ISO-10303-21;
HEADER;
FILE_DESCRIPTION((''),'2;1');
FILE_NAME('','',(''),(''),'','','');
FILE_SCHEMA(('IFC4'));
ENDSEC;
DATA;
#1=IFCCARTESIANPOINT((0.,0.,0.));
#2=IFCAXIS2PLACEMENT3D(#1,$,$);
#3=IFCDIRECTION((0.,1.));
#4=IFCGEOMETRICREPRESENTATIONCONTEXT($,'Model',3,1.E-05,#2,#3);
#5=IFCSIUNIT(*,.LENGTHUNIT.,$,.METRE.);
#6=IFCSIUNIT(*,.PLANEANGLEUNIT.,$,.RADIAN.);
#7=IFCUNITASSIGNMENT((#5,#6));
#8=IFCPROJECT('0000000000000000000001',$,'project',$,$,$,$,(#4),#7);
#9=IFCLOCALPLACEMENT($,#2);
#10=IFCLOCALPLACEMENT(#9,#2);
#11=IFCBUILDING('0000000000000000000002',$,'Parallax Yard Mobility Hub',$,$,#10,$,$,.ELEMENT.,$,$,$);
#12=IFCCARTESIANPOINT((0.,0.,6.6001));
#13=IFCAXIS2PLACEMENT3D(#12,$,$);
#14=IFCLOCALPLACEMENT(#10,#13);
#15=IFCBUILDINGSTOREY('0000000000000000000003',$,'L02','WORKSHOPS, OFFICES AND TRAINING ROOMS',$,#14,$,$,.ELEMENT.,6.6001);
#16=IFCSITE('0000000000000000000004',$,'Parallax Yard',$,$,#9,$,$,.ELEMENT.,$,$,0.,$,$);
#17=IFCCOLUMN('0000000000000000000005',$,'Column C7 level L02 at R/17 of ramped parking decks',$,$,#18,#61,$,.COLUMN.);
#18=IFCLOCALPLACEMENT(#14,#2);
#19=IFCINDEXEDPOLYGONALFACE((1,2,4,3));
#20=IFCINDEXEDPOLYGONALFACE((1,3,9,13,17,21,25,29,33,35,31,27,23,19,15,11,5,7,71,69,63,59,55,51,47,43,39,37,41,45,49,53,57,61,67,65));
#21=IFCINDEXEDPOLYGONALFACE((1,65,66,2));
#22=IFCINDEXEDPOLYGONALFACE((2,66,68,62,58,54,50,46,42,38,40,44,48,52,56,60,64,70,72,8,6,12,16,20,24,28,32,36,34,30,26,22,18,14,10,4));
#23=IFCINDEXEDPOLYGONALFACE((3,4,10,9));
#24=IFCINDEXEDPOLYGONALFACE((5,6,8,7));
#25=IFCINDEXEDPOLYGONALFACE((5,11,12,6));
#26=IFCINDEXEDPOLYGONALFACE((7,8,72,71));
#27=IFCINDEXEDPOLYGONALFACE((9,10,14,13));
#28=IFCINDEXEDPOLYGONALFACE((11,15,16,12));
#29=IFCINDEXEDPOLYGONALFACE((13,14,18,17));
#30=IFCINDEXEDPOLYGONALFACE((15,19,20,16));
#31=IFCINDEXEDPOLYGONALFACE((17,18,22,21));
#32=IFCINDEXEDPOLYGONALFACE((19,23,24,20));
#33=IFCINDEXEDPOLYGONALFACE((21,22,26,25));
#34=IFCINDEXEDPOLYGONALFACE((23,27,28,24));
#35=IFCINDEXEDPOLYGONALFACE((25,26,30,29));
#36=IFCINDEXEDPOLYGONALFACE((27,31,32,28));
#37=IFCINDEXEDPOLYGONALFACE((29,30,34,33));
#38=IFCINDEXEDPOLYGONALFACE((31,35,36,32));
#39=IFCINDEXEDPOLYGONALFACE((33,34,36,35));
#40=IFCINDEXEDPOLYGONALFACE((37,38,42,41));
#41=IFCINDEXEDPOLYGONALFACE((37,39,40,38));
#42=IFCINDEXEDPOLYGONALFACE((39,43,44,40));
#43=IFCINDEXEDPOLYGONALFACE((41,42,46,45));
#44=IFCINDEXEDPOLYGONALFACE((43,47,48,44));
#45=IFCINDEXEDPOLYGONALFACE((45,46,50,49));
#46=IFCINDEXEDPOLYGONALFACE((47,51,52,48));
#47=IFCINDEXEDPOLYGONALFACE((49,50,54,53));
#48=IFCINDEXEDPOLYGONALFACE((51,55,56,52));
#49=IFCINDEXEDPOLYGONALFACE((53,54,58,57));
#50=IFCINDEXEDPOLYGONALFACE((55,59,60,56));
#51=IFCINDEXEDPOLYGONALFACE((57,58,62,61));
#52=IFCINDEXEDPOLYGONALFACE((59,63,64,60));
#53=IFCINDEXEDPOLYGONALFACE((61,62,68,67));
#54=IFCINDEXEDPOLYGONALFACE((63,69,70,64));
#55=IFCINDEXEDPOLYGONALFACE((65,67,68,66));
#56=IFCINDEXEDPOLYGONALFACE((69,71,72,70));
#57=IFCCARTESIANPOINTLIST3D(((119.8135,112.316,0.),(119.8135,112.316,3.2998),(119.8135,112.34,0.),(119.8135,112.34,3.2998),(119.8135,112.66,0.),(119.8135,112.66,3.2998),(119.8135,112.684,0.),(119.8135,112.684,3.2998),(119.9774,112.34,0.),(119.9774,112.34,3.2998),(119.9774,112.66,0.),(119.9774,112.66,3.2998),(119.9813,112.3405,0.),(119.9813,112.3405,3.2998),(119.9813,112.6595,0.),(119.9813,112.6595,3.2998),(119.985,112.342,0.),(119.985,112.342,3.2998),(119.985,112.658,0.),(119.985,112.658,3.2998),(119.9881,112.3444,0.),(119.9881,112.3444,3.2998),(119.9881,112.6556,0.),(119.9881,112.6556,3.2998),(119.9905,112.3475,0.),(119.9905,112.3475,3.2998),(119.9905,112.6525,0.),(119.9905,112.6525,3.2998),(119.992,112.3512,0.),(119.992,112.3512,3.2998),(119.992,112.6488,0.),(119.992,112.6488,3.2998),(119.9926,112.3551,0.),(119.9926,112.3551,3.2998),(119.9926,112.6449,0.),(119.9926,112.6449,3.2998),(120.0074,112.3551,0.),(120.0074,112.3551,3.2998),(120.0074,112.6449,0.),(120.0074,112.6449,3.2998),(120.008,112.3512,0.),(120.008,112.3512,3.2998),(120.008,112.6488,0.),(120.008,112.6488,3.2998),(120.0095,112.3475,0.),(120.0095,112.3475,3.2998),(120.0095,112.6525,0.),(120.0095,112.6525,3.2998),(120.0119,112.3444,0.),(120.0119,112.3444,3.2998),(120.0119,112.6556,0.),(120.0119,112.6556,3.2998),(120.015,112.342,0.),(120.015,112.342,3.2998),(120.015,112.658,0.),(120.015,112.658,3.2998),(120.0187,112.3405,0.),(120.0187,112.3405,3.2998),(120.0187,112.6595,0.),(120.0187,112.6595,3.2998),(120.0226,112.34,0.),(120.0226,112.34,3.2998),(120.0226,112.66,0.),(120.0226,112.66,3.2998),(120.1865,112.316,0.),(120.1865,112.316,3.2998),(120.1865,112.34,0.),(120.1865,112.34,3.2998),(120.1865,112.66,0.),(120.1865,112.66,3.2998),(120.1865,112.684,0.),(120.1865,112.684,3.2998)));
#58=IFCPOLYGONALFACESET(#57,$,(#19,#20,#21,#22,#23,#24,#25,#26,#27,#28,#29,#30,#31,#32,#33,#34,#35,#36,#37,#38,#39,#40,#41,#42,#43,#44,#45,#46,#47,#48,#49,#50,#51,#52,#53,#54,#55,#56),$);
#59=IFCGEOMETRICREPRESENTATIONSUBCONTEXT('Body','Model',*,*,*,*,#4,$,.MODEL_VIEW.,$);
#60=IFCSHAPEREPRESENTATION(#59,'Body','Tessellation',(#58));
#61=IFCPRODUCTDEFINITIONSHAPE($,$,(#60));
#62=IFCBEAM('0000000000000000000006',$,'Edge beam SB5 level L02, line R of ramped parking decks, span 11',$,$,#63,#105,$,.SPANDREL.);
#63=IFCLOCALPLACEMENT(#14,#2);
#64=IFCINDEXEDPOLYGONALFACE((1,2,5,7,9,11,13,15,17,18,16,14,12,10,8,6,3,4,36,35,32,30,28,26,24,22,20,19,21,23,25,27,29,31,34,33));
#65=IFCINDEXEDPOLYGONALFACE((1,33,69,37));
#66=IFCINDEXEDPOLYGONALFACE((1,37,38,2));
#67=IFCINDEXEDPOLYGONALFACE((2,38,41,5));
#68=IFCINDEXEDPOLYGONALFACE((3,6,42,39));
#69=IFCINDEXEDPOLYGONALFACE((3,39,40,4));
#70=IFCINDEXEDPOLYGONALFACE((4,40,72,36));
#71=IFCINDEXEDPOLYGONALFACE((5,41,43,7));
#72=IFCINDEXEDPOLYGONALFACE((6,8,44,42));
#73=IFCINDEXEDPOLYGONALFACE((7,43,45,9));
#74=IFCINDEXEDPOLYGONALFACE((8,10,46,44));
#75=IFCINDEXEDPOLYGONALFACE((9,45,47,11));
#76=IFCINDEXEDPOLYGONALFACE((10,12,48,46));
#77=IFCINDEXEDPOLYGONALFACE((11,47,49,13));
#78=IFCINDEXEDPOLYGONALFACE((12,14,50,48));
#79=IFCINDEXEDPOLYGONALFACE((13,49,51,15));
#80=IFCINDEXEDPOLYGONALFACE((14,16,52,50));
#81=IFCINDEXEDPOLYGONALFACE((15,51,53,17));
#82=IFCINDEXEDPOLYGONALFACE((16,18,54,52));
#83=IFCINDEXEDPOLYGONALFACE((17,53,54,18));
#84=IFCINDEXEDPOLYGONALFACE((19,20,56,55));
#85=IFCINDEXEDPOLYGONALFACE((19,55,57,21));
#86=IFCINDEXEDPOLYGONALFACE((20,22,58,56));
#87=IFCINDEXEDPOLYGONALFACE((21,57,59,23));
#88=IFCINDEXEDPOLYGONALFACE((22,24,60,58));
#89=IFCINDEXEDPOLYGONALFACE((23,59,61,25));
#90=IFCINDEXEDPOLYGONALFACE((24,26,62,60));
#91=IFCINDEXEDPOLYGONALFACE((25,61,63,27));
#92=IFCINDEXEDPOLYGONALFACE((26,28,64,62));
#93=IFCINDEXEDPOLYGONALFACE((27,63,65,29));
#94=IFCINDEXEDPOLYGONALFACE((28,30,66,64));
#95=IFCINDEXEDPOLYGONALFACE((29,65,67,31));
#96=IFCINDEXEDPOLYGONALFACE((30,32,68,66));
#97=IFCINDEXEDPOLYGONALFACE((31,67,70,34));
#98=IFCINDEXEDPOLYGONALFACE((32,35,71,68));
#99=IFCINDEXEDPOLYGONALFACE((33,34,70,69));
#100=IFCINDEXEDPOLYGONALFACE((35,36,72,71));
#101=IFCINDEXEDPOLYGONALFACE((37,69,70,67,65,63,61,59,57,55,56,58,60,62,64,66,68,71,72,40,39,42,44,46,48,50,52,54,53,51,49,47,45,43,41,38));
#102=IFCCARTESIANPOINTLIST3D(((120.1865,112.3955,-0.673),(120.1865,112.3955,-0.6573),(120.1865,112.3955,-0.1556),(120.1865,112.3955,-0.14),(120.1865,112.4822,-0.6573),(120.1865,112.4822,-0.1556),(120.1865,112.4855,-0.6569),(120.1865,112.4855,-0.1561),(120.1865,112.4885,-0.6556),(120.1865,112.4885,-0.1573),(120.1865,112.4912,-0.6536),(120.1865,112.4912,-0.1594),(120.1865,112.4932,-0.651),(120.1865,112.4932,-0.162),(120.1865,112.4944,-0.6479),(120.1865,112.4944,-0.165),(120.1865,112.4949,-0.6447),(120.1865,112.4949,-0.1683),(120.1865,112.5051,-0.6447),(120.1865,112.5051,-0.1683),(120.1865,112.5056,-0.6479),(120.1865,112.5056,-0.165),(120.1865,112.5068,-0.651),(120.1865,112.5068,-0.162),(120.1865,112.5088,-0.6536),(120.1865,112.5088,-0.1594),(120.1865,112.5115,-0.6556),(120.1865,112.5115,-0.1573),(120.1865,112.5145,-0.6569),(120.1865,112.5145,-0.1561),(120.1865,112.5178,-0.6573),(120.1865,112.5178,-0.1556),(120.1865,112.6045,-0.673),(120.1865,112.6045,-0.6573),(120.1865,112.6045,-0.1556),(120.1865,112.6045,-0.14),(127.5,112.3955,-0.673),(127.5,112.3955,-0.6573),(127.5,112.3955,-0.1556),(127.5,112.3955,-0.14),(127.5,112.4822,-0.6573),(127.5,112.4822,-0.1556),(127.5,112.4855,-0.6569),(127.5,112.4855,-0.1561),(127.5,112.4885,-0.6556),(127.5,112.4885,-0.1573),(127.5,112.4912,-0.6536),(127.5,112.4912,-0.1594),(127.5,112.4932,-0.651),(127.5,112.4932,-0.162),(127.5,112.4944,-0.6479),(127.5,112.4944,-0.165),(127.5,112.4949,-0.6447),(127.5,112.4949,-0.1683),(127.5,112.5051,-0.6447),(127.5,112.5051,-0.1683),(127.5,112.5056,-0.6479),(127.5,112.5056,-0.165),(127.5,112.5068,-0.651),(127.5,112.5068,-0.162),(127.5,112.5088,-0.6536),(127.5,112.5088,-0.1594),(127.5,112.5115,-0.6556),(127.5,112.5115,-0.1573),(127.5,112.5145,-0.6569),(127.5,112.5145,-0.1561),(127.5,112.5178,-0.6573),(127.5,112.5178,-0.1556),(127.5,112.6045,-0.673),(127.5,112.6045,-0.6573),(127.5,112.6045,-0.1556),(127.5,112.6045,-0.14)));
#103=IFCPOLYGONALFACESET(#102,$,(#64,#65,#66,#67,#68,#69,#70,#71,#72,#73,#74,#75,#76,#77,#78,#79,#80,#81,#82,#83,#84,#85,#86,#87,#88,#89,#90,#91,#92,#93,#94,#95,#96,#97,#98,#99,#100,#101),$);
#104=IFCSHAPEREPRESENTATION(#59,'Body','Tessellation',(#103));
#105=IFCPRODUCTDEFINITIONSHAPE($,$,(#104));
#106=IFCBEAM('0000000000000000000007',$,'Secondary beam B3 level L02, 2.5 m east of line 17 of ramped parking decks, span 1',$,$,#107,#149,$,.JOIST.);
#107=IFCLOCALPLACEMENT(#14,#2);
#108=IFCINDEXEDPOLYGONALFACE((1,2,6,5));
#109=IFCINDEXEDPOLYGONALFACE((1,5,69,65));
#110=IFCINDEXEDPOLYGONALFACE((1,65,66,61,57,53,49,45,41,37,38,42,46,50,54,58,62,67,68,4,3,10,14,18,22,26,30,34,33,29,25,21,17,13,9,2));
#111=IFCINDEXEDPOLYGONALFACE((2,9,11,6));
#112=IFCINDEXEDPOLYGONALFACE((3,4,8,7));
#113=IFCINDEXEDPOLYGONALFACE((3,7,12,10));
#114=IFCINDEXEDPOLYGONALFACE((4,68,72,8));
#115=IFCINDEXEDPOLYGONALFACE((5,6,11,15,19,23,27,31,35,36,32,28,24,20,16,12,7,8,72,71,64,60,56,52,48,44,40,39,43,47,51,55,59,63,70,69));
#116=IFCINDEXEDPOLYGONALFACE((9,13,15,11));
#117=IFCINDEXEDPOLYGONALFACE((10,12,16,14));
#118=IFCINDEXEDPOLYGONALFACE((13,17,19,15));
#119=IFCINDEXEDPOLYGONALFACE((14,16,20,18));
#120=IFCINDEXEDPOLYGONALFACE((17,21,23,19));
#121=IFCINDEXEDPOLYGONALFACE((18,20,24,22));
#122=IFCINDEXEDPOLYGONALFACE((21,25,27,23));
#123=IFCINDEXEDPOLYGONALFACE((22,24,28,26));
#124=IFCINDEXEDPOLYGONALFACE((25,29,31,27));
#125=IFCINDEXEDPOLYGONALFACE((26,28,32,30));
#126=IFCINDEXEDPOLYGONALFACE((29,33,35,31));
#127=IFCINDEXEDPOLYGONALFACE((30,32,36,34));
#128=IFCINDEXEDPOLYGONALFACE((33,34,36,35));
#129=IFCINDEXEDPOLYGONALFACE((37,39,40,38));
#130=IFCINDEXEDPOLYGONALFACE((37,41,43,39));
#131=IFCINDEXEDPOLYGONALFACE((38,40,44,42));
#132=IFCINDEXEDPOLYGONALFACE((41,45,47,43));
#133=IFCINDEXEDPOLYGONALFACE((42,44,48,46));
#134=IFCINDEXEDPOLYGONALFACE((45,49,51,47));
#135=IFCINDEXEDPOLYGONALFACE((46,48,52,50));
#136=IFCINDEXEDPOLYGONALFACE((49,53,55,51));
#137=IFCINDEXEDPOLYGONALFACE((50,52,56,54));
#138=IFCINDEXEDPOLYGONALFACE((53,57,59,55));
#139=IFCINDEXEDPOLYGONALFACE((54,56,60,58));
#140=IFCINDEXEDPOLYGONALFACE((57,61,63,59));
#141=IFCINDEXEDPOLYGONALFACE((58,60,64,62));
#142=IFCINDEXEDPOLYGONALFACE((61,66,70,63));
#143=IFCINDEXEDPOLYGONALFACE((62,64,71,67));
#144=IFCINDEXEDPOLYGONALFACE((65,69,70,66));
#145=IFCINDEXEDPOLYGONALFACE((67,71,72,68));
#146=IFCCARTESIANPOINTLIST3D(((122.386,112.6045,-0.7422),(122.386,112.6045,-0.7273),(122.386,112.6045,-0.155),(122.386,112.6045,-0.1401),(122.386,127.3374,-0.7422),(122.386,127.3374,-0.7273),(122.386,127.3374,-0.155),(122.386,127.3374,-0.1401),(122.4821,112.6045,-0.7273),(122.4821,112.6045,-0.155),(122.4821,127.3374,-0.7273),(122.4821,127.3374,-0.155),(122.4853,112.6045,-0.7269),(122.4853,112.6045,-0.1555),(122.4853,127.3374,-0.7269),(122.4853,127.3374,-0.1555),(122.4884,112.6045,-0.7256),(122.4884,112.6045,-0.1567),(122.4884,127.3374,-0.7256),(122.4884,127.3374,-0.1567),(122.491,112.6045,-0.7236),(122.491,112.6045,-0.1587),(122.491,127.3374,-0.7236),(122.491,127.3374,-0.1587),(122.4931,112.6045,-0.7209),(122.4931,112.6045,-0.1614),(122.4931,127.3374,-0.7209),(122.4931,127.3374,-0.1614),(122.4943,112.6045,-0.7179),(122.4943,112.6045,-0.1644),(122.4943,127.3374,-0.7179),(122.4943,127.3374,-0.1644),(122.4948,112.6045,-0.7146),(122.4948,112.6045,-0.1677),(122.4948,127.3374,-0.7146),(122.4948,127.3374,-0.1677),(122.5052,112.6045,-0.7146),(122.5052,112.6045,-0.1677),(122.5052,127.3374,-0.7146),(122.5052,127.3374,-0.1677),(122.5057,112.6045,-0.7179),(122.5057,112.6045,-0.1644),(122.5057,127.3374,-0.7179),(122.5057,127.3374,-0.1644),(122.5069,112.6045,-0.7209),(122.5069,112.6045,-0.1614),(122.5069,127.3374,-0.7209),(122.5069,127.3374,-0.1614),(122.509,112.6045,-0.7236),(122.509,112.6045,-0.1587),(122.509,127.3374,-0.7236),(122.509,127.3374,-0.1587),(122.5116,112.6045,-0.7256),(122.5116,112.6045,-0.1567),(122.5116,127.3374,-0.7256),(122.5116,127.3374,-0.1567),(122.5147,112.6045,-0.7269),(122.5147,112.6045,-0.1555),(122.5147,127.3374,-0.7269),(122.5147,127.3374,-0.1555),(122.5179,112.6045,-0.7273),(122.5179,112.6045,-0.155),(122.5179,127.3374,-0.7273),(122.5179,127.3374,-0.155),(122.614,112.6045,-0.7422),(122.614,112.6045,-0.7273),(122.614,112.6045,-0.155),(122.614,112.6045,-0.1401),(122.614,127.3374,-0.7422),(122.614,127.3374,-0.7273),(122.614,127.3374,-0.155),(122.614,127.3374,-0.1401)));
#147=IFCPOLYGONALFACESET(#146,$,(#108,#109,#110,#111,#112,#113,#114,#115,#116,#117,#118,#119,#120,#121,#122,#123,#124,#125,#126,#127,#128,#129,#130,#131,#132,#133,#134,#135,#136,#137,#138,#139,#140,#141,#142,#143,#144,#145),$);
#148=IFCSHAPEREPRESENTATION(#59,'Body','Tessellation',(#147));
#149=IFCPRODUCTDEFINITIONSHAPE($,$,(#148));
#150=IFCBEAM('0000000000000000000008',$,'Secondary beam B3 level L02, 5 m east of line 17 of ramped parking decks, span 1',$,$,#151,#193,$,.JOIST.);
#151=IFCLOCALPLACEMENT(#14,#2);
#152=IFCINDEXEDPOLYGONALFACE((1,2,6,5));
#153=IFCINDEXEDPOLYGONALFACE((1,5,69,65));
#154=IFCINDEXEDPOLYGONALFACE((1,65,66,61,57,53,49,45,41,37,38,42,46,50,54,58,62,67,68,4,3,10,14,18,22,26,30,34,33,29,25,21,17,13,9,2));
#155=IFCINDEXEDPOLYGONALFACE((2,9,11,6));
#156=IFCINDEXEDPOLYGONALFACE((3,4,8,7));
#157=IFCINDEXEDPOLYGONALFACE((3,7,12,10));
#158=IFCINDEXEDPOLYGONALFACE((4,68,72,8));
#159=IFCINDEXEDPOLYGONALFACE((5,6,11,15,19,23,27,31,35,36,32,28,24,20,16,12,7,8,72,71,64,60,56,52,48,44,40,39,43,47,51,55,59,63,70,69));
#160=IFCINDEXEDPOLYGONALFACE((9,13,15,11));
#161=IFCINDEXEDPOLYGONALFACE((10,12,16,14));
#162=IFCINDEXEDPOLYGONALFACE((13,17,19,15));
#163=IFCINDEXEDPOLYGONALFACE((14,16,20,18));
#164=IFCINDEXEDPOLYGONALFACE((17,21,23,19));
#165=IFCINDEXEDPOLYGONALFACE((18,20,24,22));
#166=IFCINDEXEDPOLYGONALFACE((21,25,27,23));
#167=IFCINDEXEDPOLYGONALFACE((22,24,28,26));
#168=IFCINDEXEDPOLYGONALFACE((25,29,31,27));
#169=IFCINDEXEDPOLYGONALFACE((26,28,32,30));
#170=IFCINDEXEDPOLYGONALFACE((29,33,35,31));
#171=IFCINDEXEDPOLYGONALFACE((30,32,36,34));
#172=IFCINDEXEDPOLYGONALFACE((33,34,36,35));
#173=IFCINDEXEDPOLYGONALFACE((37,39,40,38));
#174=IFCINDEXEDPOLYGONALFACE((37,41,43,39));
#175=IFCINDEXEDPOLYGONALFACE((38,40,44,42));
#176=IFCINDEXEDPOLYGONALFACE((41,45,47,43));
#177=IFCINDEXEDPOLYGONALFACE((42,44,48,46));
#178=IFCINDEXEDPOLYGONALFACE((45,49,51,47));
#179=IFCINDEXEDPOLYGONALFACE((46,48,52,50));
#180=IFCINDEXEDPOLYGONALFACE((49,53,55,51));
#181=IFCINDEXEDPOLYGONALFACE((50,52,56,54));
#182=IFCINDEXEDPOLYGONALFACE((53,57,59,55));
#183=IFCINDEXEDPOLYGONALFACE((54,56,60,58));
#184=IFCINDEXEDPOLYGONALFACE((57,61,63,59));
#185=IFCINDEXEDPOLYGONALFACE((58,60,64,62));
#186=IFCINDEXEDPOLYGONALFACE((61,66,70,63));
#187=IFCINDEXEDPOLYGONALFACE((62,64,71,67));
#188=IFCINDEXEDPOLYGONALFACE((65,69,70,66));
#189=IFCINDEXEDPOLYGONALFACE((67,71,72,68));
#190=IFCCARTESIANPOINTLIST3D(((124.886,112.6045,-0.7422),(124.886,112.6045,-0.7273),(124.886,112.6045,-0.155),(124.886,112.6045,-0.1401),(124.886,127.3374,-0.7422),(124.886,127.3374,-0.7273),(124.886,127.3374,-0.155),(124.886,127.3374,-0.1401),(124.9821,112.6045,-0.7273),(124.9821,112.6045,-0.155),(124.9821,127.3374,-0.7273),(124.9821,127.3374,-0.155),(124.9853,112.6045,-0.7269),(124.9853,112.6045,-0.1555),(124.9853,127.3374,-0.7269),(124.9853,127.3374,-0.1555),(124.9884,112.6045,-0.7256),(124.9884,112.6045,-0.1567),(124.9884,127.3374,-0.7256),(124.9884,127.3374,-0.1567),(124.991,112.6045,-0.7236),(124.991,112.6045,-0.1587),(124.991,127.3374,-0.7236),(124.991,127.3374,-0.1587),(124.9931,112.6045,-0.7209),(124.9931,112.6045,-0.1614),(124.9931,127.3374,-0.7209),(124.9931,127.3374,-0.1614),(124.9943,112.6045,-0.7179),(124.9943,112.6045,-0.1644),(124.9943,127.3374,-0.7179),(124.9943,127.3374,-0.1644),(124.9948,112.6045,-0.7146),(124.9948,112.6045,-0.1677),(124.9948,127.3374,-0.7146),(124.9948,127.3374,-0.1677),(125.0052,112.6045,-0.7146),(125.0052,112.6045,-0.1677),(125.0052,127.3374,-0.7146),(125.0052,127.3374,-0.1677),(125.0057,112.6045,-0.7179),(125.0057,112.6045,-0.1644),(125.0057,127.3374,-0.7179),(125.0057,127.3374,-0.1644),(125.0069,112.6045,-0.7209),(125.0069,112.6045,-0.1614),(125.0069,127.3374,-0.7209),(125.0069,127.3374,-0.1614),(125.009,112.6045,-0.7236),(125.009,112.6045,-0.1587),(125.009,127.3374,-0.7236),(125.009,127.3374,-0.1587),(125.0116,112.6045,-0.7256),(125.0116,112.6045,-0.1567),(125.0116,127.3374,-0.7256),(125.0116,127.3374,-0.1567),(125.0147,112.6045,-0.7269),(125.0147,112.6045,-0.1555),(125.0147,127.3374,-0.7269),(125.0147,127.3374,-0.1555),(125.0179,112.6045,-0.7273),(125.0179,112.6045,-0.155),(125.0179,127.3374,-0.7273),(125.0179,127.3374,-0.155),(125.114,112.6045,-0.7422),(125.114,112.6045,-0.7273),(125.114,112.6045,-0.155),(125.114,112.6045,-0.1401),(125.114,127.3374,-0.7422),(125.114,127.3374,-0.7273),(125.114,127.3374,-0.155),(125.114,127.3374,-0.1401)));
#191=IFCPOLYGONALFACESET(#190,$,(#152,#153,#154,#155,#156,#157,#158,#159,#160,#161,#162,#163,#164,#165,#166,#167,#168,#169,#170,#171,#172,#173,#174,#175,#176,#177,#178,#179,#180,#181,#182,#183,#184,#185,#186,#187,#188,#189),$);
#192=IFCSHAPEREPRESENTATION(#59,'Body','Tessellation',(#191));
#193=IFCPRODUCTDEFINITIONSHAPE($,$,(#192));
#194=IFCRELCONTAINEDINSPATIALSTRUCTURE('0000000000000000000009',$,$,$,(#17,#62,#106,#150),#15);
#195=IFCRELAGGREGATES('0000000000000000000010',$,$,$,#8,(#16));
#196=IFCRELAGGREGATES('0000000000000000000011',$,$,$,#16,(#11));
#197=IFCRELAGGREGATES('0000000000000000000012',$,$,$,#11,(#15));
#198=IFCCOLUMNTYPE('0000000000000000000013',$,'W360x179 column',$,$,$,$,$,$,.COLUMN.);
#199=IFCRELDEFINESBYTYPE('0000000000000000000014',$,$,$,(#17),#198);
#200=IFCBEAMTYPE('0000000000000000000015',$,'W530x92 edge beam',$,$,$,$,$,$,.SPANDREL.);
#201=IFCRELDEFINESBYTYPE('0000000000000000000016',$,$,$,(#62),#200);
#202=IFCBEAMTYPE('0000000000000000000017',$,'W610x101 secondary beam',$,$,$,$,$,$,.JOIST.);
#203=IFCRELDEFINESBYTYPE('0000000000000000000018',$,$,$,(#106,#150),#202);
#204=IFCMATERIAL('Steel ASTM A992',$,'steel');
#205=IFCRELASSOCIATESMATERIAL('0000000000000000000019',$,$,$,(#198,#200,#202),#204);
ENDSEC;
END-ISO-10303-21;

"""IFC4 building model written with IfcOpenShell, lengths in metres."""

from ifc_helpers import new_model, si_unit, direction, frame, origin, origin_2d, place, context, subcontext, project, spatial, i_section, extrude, material, material_profile, profile_set, type_object, element, save


model = new_model("IFC4")

# Units and contexts
model_context = context("Model", 3, precision=1e-05, world=origin(), true_north=direction((0.0, 1.0)))
body_context = subcontext(model_context, "Body", "Model", "MODEL_VIEW")
ifc_project = project(units=[si_unit("LENGTHUNIT", "METRE"), si_unit("PLANEANGLEUNIT", "RADIAN")], contexts=[model_context])

# Site, building, storey
site_placement = place(None, origin())
site = spatial("IfcSite", under=ifc_project, at=site_placement, Name="Parallax Yard", CompositionType="ELEMENT", RefElevation=0.0)
building_placement = place(site_placement, origin())
building = spatial("IfcBuilding", under=site, at=building_placement, Name="Parallax Yard Mobility Hub", CompositionType="ELEMENT")
storey_placement = place(building_placement, frame((0.0, 0.0, 6.6001)))
storey = spatial("IfcBuildingStorey", under=building, at=storey_placement, Name="L02", Description="WORKSHOPS, OFFICES AND TRAINING ROOMS", CompositionType="ELEMENT", Elevation=6.6001)

# Column
ifc_material_1 = material(Name="Steel ASTM A992", Category="steel")
ifc_material_profile_1 = material_profile(ifc_material_1, i_section(OverallWidth=0.373, OverallDepth=0.3679, WebThickness=0.0149, FlangeThickness=0.0239, FilletRadius=0.0151, at=origin_2d()), Name="W360x179")
ifc_profile_set_1 = profile_set([ifc_material_profile_1], Name="Steel ASTM A992")
column_type = type_object("IfcColumnType", Name="W360x179 column", PredefinedType="COLUMN", material=ifc_profile_set_1)
column_placement = place(storey_placement, frame((120.0, 112.5, 0.0), z_axis=(0.0, 0.0, 1.0), x_axis=(1.0, 0.0, 0.0)))
element("IfcColumn", 1, at=column_placement, inside=storey, type_object=column_type, Name="Column C7 level L02 at R/17 of ramped parking decks", PredefinedType="COLUMN", context=body_context, shape_type="SweptSolid", body=[
    extrude(i_section(OverallWidth=0.373, OverallDepth=0.3679, WebThickness=0.0149, FlangeThickness=0.0239, FilletRadius=0.0151, at=origin_2d()), origin(), (0.0, 0.0, 1.0), 3.2998),
])

# Beams
ifc_material_profile_2 = material_profile(ifc_material_1, i_section(OverallWidth=0.209, OverallDepth=0.533, WebThickness=0.0103, FlangeThickness=0.0156, FilletRadius=0.0127, at=origin_2d()), Name="W530x92")
ifc_profile_set_2 = profile_set([ifc_material_profile_2], Name="Steel ASTM A992")
beam_type_1 = type_object("IfcBeamType", Name="W530x92 edge beam", PredefinedType="SPANDREL", material=ifc_profile_set_2)
beam_1_placement = place(storey_placement, frame((120.1865, 112.5, -0.4065), z_axis=(1.0, 0.0, 0.0), x_axis=(0.0, 1.0, 0.0)))
element("IfcBeam", 2, at=beam_1_placement, inside=storey, type_object=beam_type_1, Name="Edge beam SB5 level L02, line R of ramped parking decks, span 11", PredefinedType="SPANDREL", context=body_context, shape_type="SweptSolid", body=[
    extrude(i_section(OverallWidth=0.209, OverallDepth=0.533, WebThickness=0.0103, FlangeThickness=0.0156, FilletRadius=0.0127, at=origin_2d()), origin(), (0.0, 0.0, 1.0), 7.3135),
])
ifc_material_profile_3 = material_profile(ifc_material_1, i_section(OverallWidth=0.228, OverallDepth=0.6021, WebThickness=0.0105, FlangeThickness=0.0149, FilletRadius=0.0127, at=origin_2d()), Name="W610x101")
ifc_profile_set_3 = profile_set([ifc_material_profile_3], Name="Steel ASTM A992")
beam_type_2 = type_object("IfcBeamType", Name="W610x101 secondary beam", PredefinedType="JOIST", material=ifc_profile_set_3)
for number, where, z_axis, x_axis, name in (
    (3, (122.5, 112.6045, -0.4412), (0.0, 1.0, 0.0), (-1.0, 0.0, 0.0), "Secondary beam B3 level L02, 2.5 m east of line 17 of ramped parking decks, span 1"),
    (4, (125.0, 112.6045, -0.4412), (0.0, 1.0, 0.0), (-1.0, 0.0, 0.0), "Secondary beam B3 level L02, 5 m east of line 17 of ramped parking decks, span 1"),
):
    element("IfcBeam", number, at=place(storey_placement, frame(where, z_axis=z_axis, x_axis=x_axis)), inside=storey, type_object=beam_type_2, Name=name, PredefinedType="JOIST", context=body_context, shape_type="SweptSolid", body=[
        extrude(i_section(OverallWidth=0.228, OverallDepth=0.6021, WebThickness=0.0105, FlangeThickness=0.0149, FilletRadius=0.0127, at=origin_2d()), origin(), (0.0, 0.0, 1.0), 14.7329),
    ])

save(model, "model.ifc")
